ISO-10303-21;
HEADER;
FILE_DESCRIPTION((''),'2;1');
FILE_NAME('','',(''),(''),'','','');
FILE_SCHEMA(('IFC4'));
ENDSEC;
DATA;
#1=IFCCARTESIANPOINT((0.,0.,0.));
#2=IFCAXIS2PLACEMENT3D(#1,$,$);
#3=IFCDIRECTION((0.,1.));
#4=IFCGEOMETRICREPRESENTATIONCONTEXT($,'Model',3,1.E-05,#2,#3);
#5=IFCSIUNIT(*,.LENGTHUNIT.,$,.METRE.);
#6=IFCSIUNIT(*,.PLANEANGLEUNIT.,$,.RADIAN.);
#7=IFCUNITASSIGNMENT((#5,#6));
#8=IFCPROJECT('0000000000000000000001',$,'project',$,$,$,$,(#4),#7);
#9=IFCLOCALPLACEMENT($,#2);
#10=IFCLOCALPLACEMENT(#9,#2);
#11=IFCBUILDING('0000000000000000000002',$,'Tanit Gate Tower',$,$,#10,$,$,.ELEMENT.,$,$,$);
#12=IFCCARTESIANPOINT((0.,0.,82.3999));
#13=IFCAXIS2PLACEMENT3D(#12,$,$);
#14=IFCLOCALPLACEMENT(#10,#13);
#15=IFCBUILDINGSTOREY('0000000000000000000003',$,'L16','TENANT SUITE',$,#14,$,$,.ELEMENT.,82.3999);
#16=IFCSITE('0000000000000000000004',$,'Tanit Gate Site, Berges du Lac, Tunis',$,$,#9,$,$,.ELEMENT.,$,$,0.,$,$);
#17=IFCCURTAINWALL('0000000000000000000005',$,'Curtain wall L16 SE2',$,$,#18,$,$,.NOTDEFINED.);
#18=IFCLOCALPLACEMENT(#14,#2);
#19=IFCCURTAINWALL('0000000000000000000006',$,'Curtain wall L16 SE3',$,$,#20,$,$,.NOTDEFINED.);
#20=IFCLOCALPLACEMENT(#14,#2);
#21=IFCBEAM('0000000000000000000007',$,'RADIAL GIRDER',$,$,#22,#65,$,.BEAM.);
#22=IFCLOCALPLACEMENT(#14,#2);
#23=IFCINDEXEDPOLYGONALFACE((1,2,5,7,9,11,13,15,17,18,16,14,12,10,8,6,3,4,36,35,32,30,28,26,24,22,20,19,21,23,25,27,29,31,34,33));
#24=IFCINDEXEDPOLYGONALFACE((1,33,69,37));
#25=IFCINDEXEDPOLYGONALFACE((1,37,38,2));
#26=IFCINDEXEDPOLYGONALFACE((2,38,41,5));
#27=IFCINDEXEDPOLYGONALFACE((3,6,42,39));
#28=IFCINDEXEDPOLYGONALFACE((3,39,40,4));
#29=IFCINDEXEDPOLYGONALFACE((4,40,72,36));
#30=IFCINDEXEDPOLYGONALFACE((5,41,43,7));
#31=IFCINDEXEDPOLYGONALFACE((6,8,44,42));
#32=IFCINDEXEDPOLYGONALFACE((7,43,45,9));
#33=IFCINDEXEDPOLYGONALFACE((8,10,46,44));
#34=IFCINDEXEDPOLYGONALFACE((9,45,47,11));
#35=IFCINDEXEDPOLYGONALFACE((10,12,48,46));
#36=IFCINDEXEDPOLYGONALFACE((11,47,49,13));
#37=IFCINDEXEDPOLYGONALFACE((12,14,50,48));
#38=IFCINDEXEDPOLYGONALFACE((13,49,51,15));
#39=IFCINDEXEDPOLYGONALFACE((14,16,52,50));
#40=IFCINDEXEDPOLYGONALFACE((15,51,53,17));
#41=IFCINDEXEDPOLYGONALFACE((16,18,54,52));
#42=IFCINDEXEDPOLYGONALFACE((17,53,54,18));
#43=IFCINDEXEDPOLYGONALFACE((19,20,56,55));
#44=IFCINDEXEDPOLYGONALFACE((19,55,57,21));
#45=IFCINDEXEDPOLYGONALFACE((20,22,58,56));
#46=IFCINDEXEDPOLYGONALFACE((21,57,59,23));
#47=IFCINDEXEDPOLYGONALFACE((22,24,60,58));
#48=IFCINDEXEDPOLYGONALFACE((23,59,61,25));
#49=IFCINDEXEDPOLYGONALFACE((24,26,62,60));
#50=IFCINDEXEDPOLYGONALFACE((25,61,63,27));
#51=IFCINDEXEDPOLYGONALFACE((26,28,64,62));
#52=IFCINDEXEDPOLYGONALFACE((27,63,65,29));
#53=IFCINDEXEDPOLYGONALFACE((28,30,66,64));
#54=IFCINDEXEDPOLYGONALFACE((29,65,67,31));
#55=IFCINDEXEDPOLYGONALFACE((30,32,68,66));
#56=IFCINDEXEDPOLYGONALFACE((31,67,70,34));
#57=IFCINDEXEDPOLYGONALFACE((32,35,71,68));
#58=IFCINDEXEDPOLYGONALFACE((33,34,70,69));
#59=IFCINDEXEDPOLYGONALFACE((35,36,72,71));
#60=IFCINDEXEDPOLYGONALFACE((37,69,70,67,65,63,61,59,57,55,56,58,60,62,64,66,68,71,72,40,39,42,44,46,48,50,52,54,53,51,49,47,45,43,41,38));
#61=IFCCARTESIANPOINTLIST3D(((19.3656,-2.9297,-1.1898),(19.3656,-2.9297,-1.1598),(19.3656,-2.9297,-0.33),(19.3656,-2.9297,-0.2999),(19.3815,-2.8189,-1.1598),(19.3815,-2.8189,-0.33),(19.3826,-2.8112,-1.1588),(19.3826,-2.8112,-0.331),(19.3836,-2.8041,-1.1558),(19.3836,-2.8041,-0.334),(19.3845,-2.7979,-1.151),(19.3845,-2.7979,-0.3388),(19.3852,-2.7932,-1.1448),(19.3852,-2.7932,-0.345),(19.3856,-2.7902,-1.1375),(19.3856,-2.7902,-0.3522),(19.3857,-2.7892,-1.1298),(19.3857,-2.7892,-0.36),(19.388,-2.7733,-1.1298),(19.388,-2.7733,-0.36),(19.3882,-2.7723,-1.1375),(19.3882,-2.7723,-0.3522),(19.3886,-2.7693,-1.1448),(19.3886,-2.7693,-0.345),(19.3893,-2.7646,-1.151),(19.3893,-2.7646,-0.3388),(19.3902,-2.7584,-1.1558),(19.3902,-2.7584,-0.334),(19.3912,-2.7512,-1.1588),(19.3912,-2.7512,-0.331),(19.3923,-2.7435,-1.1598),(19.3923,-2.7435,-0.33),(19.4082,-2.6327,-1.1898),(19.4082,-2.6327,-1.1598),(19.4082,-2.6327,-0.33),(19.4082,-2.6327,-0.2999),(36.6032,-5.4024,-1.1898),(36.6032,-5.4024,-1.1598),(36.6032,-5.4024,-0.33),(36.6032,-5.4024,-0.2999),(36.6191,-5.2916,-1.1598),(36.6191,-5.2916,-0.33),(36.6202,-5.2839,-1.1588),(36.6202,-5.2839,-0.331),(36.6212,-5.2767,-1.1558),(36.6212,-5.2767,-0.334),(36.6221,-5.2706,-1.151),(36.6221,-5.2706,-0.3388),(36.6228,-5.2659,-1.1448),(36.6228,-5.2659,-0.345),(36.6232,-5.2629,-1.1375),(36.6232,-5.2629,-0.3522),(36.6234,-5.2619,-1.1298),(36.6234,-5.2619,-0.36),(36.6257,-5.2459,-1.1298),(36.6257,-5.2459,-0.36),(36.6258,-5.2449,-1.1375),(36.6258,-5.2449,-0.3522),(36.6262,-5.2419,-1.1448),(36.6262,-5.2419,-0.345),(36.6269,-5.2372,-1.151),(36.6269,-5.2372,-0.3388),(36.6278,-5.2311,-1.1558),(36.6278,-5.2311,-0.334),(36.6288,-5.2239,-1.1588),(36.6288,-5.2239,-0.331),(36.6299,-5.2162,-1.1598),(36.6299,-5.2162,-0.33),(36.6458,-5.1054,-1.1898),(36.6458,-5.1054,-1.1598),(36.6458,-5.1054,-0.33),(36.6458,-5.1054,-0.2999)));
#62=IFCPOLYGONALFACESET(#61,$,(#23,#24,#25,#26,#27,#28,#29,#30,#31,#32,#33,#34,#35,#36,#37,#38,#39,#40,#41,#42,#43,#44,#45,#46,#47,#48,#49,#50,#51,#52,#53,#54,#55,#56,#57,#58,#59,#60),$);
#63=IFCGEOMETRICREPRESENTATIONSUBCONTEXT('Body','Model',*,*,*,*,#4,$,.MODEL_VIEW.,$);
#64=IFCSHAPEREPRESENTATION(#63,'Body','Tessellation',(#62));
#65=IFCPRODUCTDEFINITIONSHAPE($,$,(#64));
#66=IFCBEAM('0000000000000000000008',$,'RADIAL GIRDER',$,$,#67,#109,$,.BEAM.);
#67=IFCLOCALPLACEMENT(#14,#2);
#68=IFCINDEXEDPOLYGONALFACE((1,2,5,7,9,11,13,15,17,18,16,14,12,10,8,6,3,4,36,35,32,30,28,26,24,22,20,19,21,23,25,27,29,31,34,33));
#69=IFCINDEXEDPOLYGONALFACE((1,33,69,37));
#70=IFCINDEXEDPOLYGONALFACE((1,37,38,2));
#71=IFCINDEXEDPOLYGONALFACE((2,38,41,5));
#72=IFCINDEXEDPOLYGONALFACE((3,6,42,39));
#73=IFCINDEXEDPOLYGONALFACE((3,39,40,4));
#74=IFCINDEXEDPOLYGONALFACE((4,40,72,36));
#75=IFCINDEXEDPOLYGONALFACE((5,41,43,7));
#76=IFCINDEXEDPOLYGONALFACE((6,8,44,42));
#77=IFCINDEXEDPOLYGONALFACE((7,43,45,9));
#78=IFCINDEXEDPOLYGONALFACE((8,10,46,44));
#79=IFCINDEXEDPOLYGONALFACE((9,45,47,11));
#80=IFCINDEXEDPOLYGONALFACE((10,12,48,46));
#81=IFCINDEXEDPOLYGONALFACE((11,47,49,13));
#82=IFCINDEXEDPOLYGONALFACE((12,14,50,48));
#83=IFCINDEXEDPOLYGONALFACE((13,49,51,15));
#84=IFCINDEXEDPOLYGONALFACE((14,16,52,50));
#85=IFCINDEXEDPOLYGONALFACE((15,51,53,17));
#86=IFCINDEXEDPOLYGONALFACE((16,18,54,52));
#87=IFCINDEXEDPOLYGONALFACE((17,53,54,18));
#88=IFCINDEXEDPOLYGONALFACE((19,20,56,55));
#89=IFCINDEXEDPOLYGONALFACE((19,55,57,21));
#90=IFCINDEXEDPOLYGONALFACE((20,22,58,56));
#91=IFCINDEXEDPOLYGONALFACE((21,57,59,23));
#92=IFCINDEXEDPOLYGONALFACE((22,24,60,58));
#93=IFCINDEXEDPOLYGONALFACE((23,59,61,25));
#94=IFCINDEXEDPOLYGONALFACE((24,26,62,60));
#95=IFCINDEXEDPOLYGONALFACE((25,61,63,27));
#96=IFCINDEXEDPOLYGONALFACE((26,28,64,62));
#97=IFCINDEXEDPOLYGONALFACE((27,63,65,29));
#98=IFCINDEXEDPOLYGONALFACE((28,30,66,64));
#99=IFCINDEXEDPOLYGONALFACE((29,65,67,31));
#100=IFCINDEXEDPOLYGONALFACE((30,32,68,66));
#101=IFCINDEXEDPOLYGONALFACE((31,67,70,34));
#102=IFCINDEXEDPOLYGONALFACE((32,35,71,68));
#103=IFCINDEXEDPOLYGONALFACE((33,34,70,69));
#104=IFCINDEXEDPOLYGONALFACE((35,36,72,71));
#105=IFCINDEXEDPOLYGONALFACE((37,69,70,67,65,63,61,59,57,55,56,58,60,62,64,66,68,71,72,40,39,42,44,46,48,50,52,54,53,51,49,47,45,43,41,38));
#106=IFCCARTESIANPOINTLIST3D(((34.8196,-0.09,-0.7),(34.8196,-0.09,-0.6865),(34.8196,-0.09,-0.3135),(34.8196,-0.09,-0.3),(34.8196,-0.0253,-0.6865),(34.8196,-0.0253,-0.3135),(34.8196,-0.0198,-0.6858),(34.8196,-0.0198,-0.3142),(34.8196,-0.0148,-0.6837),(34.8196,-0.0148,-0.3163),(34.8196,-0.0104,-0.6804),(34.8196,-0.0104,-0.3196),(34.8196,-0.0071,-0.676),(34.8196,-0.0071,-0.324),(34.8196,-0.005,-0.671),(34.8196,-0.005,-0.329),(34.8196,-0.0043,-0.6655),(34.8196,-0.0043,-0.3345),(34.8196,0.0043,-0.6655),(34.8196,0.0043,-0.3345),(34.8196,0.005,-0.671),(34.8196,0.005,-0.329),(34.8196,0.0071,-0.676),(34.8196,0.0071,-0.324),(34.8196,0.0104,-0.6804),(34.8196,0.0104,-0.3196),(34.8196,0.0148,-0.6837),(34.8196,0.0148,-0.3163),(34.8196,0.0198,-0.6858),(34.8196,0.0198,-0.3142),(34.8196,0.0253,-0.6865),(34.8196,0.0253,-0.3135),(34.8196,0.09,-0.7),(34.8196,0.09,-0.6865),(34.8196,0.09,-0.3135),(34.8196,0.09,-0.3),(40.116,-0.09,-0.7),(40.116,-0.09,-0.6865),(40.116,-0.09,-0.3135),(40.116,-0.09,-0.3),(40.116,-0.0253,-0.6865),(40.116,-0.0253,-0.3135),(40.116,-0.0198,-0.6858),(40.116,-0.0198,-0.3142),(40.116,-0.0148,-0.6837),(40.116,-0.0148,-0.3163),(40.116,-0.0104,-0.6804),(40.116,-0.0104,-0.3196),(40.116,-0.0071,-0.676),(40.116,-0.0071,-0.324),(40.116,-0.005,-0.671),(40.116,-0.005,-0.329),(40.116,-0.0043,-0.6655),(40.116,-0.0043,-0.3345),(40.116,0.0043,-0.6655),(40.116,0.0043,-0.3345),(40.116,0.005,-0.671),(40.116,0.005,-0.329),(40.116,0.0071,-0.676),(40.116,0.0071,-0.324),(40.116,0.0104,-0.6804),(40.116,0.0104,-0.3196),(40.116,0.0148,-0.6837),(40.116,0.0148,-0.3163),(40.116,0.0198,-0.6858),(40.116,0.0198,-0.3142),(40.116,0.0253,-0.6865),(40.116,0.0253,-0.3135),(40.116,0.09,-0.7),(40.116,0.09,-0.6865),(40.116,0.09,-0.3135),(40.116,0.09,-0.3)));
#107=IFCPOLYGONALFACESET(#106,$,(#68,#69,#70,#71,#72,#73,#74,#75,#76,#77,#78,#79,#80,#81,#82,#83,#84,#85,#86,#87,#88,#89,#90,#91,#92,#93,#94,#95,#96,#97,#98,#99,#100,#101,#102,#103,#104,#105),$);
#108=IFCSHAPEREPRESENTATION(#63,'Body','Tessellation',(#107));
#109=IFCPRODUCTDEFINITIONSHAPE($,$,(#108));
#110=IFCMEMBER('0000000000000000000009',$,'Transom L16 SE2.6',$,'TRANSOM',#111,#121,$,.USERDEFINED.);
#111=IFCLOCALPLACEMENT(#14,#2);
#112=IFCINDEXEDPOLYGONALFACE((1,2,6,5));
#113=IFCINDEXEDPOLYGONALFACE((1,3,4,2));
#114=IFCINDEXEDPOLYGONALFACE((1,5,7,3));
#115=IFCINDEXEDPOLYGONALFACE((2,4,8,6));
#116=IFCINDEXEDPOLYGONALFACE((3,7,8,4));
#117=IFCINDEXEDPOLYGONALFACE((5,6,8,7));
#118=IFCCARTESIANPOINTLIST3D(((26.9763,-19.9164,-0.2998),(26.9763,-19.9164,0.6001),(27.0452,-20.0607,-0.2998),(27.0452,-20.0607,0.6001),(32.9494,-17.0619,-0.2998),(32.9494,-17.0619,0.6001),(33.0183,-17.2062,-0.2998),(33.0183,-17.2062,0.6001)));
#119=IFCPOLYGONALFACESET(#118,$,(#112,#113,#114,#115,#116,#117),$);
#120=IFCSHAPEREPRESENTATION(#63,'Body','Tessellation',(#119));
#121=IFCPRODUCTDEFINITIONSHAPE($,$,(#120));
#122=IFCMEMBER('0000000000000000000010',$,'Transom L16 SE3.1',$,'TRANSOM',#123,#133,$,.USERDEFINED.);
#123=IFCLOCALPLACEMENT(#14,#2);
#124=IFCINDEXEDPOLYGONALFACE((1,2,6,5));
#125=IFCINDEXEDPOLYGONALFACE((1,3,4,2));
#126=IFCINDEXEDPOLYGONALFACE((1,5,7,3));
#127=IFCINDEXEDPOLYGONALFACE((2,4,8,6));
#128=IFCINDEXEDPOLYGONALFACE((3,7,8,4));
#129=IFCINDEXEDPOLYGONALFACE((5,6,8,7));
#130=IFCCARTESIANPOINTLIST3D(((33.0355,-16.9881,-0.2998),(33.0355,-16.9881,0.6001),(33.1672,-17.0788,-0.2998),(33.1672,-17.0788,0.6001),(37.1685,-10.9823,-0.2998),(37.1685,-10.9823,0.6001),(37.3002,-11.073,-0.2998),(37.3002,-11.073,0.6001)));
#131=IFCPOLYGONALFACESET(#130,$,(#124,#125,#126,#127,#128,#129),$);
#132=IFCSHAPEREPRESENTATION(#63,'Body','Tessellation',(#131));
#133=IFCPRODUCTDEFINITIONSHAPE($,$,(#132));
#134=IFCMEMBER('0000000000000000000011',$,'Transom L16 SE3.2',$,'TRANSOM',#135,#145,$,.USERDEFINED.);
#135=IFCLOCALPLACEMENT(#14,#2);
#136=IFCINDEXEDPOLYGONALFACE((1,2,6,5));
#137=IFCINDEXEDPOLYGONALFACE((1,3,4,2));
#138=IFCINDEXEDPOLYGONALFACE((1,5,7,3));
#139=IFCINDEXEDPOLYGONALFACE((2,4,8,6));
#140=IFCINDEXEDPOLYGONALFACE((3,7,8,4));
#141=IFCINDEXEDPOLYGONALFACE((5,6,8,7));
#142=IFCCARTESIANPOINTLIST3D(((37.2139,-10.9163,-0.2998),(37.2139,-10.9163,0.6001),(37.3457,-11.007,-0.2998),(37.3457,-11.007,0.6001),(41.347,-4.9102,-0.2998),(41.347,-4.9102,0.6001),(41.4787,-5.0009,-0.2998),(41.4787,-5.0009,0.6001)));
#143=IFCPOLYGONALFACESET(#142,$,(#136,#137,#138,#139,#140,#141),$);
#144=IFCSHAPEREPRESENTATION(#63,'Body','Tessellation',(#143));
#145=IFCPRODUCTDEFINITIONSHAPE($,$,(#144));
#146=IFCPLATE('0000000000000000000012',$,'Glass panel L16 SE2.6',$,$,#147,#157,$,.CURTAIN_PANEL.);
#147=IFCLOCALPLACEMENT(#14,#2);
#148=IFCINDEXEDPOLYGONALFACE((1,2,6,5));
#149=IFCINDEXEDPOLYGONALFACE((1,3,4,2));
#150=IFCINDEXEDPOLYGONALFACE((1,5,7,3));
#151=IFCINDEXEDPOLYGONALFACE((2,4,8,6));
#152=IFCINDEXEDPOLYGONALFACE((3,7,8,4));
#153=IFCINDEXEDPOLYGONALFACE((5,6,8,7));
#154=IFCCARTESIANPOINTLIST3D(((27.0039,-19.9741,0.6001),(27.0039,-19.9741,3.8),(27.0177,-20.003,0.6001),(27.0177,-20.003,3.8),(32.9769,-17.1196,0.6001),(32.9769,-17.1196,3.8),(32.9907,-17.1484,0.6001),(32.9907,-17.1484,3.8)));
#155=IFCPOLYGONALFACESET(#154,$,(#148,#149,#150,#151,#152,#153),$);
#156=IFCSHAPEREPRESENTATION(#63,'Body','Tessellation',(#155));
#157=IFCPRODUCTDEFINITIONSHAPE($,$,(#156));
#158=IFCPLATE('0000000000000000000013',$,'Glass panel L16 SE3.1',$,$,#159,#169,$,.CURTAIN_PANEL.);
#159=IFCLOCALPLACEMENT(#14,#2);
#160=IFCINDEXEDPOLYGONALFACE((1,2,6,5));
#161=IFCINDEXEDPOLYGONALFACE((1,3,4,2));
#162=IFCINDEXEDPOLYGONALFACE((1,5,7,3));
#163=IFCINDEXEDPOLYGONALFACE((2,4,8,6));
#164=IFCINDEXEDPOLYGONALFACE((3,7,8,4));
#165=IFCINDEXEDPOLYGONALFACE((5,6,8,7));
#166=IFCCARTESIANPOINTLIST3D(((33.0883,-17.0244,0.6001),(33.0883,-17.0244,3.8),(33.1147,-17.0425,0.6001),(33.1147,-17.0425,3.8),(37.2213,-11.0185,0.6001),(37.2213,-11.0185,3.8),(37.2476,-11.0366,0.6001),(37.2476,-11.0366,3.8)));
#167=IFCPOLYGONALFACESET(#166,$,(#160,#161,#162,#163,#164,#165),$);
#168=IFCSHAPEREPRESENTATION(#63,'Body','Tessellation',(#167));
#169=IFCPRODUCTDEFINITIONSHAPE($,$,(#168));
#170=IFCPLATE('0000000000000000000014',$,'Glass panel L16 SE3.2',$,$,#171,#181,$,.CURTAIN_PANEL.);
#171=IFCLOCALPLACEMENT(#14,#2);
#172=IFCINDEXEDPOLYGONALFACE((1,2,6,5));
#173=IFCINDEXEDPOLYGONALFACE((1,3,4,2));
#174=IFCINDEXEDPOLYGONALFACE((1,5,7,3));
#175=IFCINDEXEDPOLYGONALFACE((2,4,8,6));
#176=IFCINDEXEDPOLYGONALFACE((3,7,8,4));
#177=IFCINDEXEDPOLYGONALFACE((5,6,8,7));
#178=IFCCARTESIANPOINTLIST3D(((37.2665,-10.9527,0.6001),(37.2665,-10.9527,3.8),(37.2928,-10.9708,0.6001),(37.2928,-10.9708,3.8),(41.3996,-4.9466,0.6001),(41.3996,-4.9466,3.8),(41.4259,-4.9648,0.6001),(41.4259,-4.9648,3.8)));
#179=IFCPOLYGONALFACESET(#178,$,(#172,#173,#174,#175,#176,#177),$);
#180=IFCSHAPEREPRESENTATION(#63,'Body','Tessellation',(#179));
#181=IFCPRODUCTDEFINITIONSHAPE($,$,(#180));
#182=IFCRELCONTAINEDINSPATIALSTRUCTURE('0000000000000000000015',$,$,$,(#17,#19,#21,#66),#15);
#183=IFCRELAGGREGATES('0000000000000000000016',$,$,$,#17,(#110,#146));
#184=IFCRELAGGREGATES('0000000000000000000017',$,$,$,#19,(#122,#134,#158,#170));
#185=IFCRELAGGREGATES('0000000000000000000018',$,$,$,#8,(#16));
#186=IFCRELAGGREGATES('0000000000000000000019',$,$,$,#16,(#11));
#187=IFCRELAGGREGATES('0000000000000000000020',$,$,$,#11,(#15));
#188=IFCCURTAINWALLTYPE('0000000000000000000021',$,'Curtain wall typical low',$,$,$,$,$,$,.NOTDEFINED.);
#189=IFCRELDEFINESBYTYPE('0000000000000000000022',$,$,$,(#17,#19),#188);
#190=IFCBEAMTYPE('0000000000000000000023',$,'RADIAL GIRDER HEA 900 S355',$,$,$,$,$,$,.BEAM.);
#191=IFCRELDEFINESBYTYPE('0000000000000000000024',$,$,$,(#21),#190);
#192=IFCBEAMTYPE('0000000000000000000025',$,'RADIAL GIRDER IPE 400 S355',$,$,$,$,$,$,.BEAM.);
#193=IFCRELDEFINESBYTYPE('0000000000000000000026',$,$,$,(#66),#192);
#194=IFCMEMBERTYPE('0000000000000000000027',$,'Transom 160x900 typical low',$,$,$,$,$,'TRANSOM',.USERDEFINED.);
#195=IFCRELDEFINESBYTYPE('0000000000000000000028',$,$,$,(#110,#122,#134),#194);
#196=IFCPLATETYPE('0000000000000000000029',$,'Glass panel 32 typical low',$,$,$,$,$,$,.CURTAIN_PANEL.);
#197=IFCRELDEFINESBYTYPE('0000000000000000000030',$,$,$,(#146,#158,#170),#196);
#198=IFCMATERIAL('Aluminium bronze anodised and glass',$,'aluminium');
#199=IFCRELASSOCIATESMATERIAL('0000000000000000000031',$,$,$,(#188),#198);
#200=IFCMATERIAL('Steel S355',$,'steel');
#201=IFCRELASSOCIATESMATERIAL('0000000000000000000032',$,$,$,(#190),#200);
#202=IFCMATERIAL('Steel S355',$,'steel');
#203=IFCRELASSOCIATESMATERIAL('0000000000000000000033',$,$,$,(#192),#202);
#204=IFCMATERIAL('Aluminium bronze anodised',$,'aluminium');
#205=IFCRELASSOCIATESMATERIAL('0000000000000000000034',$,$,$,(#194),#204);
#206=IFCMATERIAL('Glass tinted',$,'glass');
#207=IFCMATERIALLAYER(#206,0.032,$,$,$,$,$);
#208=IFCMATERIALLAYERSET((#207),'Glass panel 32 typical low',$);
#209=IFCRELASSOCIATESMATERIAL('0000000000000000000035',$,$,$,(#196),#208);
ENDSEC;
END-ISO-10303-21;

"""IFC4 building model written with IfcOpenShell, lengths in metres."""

from ifc_helpers import new_model, si_unit, direction, frame, origin, origin_2d, place, context, subcontext, project, spatial, rectangle, i_section, extrude, material, layer, layer_set, material_profile, profile_set, type_object, element, aggregate, save


model = new_model("IFC4")

# Units and contexts
model_context = context("Model", 3, precision=1e-05, world=origin(), true_north=direction((0.0, 1.0)))
body_context = subcontext(model_context, "Body", "Model", "MODEL_VIEW")
ifc_project = project(units=[si_unit("LENGTHUNIT", "METRE"), si_unit("PLANEANGLEUNIT", "RADIAN")], contexts=[model_context])

# Site, building, storey
site_placement = place(None, origin())
site = spatial("IfcSite", under=ifc_project, at=site_placement, Name="Tanit Gate Site, Berges du Lac, Tunis", CompositionType="ELEMENT", RefElevation=0.0)
building_placement = place(site_placement, origin())
building = spatial("IfcBuilding", under=site, at=building_placement, Name="Tanit Gate Tower", CompositionType="ELEMENT")
storey_placement = place(building_placement, frame((0.0, 0.0, 82.3999)))
storey = spatial("IfcBuildingStorey", under=building, at=storey_placement, Name="L16", Description="TENANT SUITE", CompositionType="ELEMENT", Elevation=82.3999)

# Curtain wall
ifc_material_1 = material(Name="Aluminium bronze anodised and glass", Category="aluminium")
curtain_wall_type = type_object("IfcCurtainWallType", Name="Curtain wall typical low", PredefinedType="NOTDEFINED", material=ifc_material_1)
curtain_wall_1_placement = place(storey_placement, origin())
curtain_wall_1 = element("IfcCurtainWall", 1, at=curtain_wall_1_placement, inside=storey, type_object=curtain_wall_type, Name="Curtain wall L16 SE2", PredefinedType="NOTDEFINED")

# Curtain wall
curtain_wall_2_placement = place(storey_placement, origin())
curtain_wall_2 = element("IfcCurtainWall", 2, at=curtain_wall_2_placement, inside=storey, type_object=curtain_wall_type, Name="Curtain wall L16 SE3", PredefinedType="NOTDEFINED")

# Beams
ifc_material_2 = material(Name="Steel S355", Category="steel")
ifc_material_profile_1 = material_profile(ifc_material_2, i_section(OverallWidth=0.3, OverallDepth=0.8899, WebThickness=0.0161, FlangeThickness=0.03, FilletRadius=0.03, at=origin_2d()), Name="HEA 900")
ifc_profile_set_1 = profile_set([ifc_material_profile_1], Name="Steel S355")
beam_type_1 = type_object("IfcBeamType", Name="RADIAL GIRDER HEA 900 S355", PredefinedType="BEAM", material=ifc_profile_set_1)
beam_1_placement = place(storey_placement, frame((36.6245, -5.2539, -0.7449), z_axis=(-0.989868, 0.141992, 0.0), x_axis=(-0.141992, -0.989868, 0.0)))
element("IfcBeam", 3, at=beam_1_placement, inside=storey, type_object=beam_type_1, Name="RADIAL GIRDER", PredefinedType="BEAM", context=body_context, shape_type="SweptSolid", body=[
    extrude(i_section(OverallWidth=0.3, OverallDepth=0.8899, WebThickness=0.0161, FlangeThickness=0.03, FilletRadius=0.03, at=origin_2d()), origin(), (0.0, 0.0, 1.0), 17.4141),
])
ifc_material_3 = material(Name="Steel S355", Category="steel")
ifc_material_profile_2 = material_profile(ifc_material_3, i_section(OverallWidth=0.1799, OverallDepth=0.3999, WebThickness=0.0085, FlangeThickness=0.0134, FilletRadius=0.021, at=origin_2d()), Name="IPE 400")
ifc_profile_set_2 = profile_set([ifc_material_profile_2], Name="Steel S355")
beam_type_2 = type_object("IfcBeamType", Name="RADIAL GIRDER IPE 400 S355", PredefinedType="BEAM", material=ifc_profile_set_2)
beam_2_placement = place(storey_placement, frame((40.116, 0.0, -0.5), z_axis=(-1.0, 0.0, 0.0), x_axis=(0.0, -1.0, 0.0)))
element("IfcBeam", 4, at=beam_2_placement, inside=storey, type_object=beam_type_2, Name="RADIAL GIRDER", PredefinedType="BEAM", context=body_context, shape_type="SweptSolid", body=[
    extrude(i_section(OverallWidth=0.1799, OverallDepth=0.3999, WebThickness=0.0085, FlangeThickness=0.0134, FilletRadius=0.021, at=origin_2d()), origin(), (0.0, 0.0, 1.0), 5.2964),
])

# Members
ifc_material_4 = material(Name="Aluminium bronze anodised", Category="aluminium")
ifc_material_profile_3 = material_profile(ifc_material_4, rectangle(XDim=0.1599, YDim=0.8999, at=origin_2d()), Name="160x900 bronze transom")
ifc_profile_set_3 = profile_set([ifc_material_profile_3], Name="Aluminium bronze anodised")
member_type_1 = type_object("IfcMemberType", Name="Transom 160x900 typical low", ElementType="TRANSOM", PredefinedType="USERDEFINED", material=ifc_profile_set_3)
member_1_placement = place(storey_placement, frame((27.0107, -19.9885, 0.1501), z_axis=(0.902265, 0.431181, 0.0), x_axis=(-0.431181, 0.902265, 0.0)))
member_1 = element("IfcMember", 5, at=member_1_placement, type_object=member_type_1, Name="Transom L16 SE2.6", ObjectType="TRANSOM", PredefinedType="USERDEFINED", context=body_context, shape_type="SweptSolid", body=[
    extrude(rectangle(XDim=0.1599, YDim=0.8999, at=origin_2d()), origin(), (0.0, 0.0, 1.0), 6.6201),
])
member_2_placement = place(storey_placement, frame((33.1013, -17.0334, 0.1501), z_axis=(0.566904, 0.823784, 0.0), x_axis=(-0.823784, 0.566904, 0.0)))
member_2 = element("IfcMember", 6, at=member_2_placement, type_object=member_type_1, Name="Transom L16 SE3.1", ObjectType="TRANSOM", PredefinedType="USERDEFINED", context=body_context, shape_type="SweptSolid", body=[
    extrude(rectangle(XDim=0.1599, YDim=0.8999, at=origin_2d()), origin(), (0.0, 0.0, 1.0), 7.2905),
])
member_3_placement = place(storey_placement, frame((37.2798, -10.9617, 0.1501), z_axis=(0.566888, 0.823795, 0.0), x_axis=(-0.823795, 0.566888, 0.0)))
member_3 = element("IfcMember", 7, at=member_3_placement, type_object=member_type_1, Name="Transom L16 SE3.2", ObjectType="TRANSOM", PredefinedType="USERDEFINED", context=body_context, shape_type="SweptSolid", body=[
    extrude(rectangle(XDim=0.1599, YDim=0.8999, at=origin_2d()), origin(), (0.0, 0.0, 1.0), 7.2908),
])

# Plates
ifc_material_5 = material(Name="Glass tinted", Category="glass")
ifc_layer_1 = layer(ifc_material_5, 0.032)
ifc_layer_set_1 = layer_set([ifc_layer_1], Name="Glass panel 32 typical low")
plate_type = type_object("IfcPlateType", Name="Glass panel 32 typical low", PredefinedType="CURTAIN_PANEL", material=ifc_layer_set_1)
plate_1_placement = place(storey_placement, frame((29.9973, -18.5613, 0.6001), z_axis=(0.0, 0.0, 1.0), x_axis=(0.902258, 0.431197, 0.0)))
plate_1 = element("IfcPlate", 8, at=plate_1_placement, type_object=plate_type, Name="Glass panel L16 SE2.6", PredefinedType="CURTAIN_PANEL", context=body_context, shape_type="SweptSolid", body=[
    extrude(rectangle(XDim=6.6201, YDim=0.032, at=origin_2d()), origin(), (0.0, 0.0, 1.0), 3.2),
])
aggregate(curtain_wall_1, [member_1, plate_1])
plate_2_placement = place(storey_placement, frame((35.168, -14.0305, 0.6001), z_axis=(0.0, 0.0, 1.0), x_axis=(0.56689, 0.823793, 0.0)))
plate_2 = element("IfcPlate", 9, at=plate_2_placement, type_object=plate_type, Name="Glass panel L16 SE3.1", PredefinedType="CURTAIN_PANEL", context=body_context, shape_type="SweptSolid", body=[
    extrude(rectangle(XDim=7.2905, YDim=0.032, at=origin_2d()), origin(), (0.0, 0.0, 1.0), 3.2),
])
plate_3_placement = place(storey_placement, frame((39.3462, -7.9587, 0.6001), z_axis=(0.0, 0.0, 1.0), x_axis=(0.56689, 0.823793, 0.0)))
plate_3 = element("IfcPlate", 10, at=plate_3_placement, type_object=plate_type, Name="Glass panel L16 SE3.2", PredefinedType="CURTAIN_PANEL", context=body_context, shape_type="SweptSolid", body=[
    extrude(rectangle(XDim=7.2908, YDim=0.032, at=origin_2d()), origin(), (0.0, 0.0, 1.0), 3.2),
])
aggregate(curtain_wall_2, [member_2, member_3, plate_2, plate_3])

save(model, "model.ifc")
